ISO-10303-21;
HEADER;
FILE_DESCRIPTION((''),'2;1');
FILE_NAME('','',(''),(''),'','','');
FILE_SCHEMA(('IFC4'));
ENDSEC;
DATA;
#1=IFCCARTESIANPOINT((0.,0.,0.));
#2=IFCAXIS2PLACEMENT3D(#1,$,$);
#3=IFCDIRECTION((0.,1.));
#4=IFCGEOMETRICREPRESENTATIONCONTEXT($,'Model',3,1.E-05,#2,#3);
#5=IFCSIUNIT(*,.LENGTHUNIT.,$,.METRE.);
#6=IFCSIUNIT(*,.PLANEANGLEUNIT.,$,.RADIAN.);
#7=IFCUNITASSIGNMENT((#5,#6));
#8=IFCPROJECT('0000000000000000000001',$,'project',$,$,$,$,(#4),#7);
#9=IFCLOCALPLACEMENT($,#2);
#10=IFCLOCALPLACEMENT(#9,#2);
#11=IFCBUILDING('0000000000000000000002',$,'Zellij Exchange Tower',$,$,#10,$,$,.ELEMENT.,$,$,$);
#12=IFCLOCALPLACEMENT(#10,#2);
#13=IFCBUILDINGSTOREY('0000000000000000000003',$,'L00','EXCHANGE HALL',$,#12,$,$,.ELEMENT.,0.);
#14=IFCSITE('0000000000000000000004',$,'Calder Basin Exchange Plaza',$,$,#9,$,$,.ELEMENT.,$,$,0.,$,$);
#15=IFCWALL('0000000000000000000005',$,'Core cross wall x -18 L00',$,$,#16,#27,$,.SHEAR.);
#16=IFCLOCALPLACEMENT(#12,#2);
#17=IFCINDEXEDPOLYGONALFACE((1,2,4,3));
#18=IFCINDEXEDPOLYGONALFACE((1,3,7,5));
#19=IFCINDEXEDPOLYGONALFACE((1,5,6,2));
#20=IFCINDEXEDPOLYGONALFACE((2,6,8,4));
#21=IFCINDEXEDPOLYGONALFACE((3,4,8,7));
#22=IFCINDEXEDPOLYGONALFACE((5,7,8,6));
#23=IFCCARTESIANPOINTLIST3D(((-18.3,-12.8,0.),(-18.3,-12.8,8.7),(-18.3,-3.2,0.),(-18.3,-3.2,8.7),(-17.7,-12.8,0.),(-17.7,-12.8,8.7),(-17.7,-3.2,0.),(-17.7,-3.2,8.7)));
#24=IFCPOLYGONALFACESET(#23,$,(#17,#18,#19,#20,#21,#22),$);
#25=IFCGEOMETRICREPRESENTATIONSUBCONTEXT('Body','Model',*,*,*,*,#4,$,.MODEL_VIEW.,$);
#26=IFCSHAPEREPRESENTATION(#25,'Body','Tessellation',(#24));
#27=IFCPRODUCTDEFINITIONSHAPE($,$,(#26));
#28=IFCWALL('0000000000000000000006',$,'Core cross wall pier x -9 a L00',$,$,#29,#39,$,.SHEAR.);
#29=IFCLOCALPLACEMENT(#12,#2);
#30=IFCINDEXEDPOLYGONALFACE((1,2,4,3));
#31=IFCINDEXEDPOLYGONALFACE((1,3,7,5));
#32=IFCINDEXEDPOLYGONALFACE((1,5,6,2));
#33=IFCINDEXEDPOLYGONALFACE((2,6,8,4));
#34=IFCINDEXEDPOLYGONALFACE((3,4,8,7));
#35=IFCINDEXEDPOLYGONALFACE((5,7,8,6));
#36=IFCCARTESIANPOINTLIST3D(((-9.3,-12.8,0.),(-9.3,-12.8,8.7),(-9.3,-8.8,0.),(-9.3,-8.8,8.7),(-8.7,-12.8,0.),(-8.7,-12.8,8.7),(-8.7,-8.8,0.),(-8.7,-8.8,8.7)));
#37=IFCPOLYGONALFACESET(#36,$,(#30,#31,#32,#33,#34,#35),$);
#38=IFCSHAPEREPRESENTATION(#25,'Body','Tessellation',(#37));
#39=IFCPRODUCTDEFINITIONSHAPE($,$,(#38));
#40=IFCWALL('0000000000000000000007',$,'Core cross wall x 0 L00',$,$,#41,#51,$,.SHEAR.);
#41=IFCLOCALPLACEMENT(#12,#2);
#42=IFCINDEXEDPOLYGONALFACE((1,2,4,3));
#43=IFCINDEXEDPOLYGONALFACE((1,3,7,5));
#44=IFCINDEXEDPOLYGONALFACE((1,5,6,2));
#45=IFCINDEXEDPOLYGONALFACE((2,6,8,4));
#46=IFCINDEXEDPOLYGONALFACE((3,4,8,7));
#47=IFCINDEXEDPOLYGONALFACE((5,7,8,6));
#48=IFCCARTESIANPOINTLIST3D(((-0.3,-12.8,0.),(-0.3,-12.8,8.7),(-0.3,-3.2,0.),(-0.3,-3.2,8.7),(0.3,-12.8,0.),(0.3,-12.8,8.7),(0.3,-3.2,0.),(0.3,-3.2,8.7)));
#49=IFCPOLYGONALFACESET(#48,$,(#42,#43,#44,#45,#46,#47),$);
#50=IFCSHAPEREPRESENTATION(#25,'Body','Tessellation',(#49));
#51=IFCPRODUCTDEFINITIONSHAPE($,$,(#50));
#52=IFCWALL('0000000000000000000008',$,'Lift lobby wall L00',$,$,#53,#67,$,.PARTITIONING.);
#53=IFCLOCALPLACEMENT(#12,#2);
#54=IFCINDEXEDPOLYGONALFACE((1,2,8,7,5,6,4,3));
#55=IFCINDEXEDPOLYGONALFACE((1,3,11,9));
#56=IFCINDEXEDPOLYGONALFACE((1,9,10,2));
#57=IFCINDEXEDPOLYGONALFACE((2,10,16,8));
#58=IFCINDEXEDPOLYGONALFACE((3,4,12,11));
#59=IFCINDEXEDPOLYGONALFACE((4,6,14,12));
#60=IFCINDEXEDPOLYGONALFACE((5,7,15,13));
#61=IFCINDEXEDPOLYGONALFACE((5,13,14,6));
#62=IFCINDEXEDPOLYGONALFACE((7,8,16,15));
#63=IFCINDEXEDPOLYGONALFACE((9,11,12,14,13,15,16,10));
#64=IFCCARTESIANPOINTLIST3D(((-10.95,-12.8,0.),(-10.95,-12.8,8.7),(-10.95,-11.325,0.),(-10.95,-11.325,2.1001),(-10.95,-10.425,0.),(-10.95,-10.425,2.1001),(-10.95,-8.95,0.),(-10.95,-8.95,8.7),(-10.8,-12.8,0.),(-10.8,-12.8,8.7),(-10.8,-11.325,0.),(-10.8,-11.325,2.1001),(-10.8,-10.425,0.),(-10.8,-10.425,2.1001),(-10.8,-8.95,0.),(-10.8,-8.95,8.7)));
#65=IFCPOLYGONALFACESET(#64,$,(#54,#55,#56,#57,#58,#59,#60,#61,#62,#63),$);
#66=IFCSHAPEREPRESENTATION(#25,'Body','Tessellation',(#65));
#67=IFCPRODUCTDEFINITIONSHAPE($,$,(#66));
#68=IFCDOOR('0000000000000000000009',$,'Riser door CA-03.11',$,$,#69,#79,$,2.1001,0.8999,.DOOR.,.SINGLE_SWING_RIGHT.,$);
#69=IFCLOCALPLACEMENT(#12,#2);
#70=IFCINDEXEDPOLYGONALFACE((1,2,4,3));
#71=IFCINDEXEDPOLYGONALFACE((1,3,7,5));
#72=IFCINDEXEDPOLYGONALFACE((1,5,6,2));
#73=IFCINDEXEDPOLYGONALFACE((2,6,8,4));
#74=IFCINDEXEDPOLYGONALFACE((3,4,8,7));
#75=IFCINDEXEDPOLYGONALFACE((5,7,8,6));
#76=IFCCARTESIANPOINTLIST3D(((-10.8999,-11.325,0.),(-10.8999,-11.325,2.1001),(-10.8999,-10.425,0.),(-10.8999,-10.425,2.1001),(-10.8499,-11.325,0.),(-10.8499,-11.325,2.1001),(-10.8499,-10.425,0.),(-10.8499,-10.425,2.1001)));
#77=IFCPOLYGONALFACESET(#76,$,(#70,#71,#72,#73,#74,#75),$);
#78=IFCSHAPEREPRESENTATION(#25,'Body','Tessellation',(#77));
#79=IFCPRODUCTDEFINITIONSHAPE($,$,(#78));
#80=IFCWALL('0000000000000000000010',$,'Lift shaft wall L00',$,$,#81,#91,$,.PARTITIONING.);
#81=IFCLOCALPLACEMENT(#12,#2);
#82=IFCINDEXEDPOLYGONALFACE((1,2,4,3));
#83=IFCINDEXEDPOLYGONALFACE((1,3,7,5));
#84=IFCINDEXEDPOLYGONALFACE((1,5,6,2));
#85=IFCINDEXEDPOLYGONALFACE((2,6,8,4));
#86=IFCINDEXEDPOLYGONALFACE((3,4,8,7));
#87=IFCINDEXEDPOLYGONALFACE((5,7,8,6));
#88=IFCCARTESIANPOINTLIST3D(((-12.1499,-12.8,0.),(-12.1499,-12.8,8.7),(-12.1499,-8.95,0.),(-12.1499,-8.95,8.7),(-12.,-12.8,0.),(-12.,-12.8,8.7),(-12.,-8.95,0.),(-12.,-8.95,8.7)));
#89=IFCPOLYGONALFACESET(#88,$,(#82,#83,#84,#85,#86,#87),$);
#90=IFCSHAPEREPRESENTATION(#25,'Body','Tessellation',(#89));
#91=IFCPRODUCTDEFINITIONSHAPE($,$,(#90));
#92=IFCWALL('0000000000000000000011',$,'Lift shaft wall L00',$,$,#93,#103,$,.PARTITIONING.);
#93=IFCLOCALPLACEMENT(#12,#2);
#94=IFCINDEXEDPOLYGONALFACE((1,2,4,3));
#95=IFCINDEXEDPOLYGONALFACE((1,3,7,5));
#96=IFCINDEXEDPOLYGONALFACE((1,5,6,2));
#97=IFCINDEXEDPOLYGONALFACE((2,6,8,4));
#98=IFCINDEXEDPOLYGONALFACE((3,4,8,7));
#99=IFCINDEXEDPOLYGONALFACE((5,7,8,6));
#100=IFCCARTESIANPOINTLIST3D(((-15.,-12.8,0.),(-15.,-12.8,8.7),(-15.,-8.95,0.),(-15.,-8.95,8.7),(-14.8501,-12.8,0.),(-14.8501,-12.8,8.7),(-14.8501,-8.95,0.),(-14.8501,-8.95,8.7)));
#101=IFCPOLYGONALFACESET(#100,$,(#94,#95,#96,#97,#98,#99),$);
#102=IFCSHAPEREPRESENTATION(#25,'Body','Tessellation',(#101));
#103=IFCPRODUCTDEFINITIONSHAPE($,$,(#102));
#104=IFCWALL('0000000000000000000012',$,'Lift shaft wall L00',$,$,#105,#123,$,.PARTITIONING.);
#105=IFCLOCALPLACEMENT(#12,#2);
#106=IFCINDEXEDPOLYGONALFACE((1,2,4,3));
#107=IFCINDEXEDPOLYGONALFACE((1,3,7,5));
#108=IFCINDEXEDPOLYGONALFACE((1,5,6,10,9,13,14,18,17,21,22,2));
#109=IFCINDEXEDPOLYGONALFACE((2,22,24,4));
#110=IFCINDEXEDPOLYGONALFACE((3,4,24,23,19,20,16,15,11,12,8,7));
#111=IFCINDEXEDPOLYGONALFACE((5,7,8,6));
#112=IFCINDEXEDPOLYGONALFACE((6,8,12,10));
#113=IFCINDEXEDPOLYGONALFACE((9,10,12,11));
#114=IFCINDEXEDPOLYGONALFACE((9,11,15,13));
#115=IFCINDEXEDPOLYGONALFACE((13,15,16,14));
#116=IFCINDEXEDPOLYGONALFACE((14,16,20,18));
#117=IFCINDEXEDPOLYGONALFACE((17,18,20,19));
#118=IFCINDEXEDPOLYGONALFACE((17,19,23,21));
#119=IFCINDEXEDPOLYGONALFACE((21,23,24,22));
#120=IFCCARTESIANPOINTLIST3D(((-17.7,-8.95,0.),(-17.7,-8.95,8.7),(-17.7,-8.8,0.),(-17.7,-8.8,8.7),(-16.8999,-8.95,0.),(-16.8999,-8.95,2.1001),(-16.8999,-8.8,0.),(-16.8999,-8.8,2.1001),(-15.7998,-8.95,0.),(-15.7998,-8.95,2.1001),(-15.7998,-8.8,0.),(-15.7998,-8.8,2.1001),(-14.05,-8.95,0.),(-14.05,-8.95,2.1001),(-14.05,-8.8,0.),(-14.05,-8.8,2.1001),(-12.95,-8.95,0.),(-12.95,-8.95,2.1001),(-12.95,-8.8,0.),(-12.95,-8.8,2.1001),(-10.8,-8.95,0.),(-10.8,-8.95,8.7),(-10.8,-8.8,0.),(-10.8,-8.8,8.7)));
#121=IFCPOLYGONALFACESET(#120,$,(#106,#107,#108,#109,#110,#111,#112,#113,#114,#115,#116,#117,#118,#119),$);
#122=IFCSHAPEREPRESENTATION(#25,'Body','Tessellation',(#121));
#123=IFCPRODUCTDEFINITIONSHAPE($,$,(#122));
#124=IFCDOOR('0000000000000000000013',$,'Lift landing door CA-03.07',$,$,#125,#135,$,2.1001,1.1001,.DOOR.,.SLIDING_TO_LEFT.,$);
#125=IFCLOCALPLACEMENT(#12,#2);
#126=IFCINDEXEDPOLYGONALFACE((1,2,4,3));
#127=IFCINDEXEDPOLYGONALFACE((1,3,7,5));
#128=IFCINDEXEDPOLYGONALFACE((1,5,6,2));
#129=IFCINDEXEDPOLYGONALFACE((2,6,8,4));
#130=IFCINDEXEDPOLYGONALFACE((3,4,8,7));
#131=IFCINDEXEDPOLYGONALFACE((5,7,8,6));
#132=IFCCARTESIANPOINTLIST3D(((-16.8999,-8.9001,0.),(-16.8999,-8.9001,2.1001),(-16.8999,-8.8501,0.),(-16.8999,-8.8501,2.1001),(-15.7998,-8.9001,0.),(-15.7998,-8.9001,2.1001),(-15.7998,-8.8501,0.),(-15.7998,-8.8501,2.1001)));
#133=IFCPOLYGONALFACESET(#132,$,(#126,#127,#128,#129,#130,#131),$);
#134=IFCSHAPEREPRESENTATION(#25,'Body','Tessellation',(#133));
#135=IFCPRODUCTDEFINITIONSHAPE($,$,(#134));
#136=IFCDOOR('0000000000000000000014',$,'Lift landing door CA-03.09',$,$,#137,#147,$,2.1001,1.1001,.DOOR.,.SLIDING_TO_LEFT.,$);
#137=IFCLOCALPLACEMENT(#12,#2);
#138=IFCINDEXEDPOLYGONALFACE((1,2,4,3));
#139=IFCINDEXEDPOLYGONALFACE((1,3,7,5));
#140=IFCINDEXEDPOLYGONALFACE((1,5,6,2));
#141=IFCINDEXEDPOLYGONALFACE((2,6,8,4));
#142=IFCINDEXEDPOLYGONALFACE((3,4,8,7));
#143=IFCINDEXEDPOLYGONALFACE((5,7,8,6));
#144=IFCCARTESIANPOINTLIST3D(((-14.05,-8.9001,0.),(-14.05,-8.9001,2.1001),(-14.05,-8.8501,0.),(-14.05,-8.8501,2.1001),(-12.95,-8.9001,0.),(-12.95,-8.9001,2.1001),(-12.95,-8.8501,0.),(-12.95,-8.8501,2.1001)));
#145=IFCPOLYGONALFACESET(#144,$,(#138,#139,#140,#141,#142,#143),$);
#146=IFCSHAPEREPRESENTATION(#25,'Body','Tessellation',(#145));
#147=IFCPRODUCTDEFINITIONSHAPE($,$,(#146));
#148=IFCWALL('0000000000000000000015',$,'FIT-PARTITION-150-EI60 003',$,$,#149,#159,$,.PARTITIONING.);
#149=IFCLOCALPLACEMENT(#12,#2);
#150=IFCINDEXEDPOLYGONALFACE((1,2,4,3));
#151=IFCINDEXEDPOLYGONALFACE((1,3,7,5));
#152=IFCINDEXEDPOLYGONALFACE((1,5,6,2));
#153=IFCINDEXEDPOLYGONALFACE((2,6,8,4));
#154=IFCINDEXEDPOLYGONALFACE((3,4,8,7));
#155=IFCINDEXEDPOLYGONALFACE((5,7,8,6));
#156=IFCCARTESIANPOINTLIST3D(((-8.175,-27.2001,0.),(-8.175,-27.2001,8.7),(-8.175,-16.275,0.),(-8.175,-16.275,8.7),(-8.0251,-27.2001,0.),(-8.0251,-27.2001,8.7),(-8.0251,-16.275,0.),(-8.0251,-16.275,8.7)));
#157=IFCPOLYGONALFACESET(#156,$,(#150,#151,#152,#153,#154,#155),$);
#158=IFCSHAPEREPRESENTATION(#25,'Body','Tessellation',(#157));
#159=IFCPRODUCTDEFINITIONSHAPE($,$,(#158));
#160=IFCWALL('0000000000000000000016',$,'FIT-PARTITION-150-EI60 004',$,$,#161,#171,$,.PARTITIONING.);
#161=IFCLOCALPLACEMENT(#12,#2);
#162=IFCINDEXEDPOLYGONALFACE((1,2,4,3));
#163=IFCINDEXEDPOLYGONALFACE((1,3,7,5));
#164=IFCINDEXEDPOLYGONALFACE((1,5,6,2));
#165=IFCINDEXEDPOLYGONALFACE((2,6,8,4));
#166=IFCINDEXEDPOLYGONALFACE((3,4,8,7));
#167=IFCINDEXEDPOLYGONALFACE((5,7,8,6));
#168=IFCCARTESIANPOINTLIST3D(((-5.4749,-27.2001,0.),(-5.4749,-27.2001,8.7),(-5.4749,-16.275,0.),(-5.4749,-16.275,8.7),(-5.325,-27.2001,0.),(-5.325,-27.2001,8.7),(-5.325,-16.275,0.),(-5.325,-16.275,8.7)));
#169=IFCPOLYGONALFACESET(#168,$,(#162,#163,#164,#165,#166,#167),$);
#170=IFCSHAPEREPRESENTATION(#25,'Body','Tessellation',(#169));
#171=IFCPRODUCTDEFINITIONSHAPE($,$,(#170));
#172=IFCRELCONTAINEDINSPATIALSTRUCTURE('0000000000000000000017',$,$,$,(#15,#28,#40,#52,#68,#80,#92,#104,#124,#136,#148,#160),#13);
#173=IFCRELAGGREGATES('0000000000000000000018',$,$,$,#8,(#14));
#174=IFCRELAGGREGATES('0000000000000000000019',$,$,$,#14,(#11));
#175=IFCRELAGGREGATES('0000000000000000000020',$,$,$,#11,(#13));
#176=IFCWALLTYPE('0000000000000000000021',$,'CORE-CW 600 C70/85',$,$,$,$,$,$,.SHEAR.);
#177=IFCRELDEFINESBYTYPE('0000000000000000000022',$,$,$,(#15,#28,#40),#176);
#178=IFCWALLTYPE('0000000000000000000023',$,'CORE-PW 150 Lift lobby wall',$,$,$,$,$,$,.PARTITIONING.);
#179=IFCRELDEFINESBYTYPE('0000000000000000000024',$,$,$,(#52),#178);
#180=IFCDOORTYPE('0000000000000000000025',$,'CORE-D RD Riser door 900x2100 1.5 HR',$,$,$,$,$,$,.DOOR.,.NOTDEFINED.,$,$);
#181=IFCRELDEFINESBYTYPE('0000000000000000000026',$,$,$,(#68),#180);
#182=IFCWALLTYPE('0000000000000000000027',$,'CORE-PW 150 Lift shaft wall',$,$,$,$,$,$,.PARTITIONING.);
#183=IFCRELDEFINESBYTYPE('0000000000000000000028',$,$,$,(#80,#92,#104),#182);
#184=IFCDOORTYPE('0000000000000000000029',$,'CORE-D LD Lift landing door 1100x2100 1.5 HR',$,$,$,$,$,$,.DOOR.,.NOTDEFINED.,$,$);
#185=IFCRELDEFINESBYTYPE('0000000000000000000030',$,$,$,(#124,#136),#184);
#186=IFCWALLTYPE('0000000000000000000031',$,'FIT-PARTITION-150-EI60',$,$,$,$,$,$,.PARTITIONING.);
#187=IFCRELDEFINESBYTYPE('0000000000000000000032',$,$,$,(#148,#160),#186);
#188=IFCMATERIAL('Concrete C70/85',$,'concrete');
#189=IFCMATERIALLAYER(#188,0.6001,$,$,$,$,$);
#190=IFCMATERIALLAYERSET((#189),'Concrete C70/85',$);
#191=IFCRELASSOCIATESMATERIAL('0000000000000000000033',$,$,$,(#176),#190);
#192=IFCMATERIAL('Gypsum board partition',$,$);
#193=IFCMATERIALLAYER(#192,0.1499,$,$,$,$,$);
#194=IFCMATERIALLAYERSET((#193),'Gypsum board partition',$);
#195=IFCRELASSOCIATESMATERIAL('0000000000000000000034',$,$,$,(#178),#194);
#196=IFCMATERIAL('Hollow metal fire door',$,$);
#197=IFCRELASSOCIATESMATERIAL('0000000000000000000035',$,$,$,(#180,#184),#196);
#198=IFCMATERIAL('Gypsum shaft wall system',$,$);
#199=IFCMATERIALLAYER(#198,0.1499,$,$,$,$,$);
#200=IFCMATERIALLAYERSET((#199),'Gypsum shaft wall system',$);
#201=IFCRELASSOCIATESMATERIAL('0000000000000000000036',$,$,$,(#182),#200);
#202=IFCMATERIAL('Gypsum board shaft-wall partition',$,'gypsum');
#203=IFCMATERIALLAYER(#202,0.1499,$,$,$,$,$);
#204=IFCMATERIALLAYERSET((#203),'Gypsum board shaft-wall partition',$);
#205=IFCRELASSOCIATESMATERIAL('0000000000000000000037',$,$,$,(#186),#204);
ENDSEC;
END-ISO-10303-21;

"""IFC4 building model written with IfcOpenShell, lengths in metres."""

from ifc_helpers import new_model, si_unit, direction, frame, frame_2d, origin, place, context, subcontext, project, spatial, rectangle, extrude, material, layer, layer_set, type_object, element, fill, save


model = new_model("IFC4")

# Units and contexts
model_context = context("Model", 3, precision=1e-05, world=origin(), true_north=direction((0.0, 1.0)))
body_context = subcontext(model_context, "Body", "Model", "MODEL_VIEW")
ifc_project = project(units=[si_unit("LENGTHUNIT", "METRE"), si_unit("PLANEANGLEUNIT", "RADIAN")], contexts=[model_context])

# Site, building, storey
site_placement = place(None, origin())
site = spatial("IfcSite", under=ifc_project, at=site_placement, Name="Calder Basin Exchange Plaza", CompositionType="ELEMENT", RefElevation=0.0)
building_placement = place(site_placement, origin())
building = spatial("IfcBuilding", under=site, at=building_placement, Name="Zellij Exchange Tower", CompositionType="ELEMENT")
storey_placement = place(building_placement, origin())
storey = spatial("IfcBuildingStorey", under=building, at=storey_placement, Name="L00", Description="EXCHANGE HALL", CompositionType="ELEMENT", Elevation=0.0)

# Shared definitions
ifc_material_1 = material(Name="Concrete C70/85", Category="concrete")

# Walls
ifc_layer_1 = layer(ifc_material_1, 0.6001)
ifc_layer_set_1 = layer_set([ifc_layer_1], Name="Concrete C70/85")
wall_type_1 = type_object("IfcWallType", Name="CORE-CW 600 C70/85", PredefinedType="SHEAR", material=ifc_layer_set_1)
wall_1_placement = place(storey_placement, frame((-18.0, -12.8, 0.0), z_axis=(0.0, 0.0, 1.0), x_axis=(0.0, 1.0, 0.0)))
element("IfcWall", 1, at=wall_1_placement, inside=storey, type_object=wall_type_1, Name="Core cross wall x -18 L00", PredefinedType="SHEAR", context=body_context, shape_type="SweptSolid", body=[
    extrude(rectangle(XDim=9.6001, YDim=0.6001, at=frame_2d((4.8, 0.0))), origin(), (0.0, 0.0, 1.0), 8.7),
])
wall_2_placement = place(storey_placement, frame((-9.0, -12.8, 0.0), z_axis=(0.0, 0.0, 1.0), x_axis=(0.0, 1.0, 0.0)))
element("IfcWall", 2, at=wall_2_placement, inside=storey, type_object=wall_type_1, Name="Core cross wall pier x -9 a L00", PredefinedType="SHEAR", context=body_context, shape_type="SweptSolid", body=[
    extrude(rectangle(XDim=4.0, YDim=0.6001, at=frame_2d((2.0, 0.0))), origin(), (0.0, 0.0, 1.0), 8.7),
])
wall_3_placement = place(storey_placement, frame((0.0, -12.8, 0.0), z_axis=(0.0, 0.0, 1.0), x_axis=(0.0, 1.0, 0.0)))
element("IfcWall", 3, at=wall_3_placement, inside=storey, type_object=wall_type_1, Name="Core cross wall x 0 L00", PredefinedType="SHEAR", context=body_context, shape_type="SweptSolid", body=[
    extrude(rectangle(XDim=9.6001, YDim=0.6001, at=frame_2d((4.8, 0.0))), origin(), (0.0, 0.0, 1.0), 8.7),
])

# Wall, opening, door
ifc_material_2 = material(Name="Gypsum board partition")
ifc_layer_2 = layer(ifc_material_2, 0.1499)
ifc_layer_set_2 = layer_set([ifc_layer_2], Name="Gypsum board partition")
wall_type_2 = type_object("IfcWallType", Name="CORE-PW 150 Lift lobby wall", PredefinedType="PARTITIONING", material=ifc_layer_set_2)
wall_4_placement = place(storey_placement, frame((-10.875, -12.8, 0.0), z_axis=(0.0, 0.0, 1.0), x_axis=(0.0, 1.0, 0.0)))
wall_4 = element("IfcWall", 4, at=wall_4_placement, inside=storey, type_object=wall_type_2, Name="Lift lobby wall L00", PredefinedType="PARTITIONING", context=body_context, shape_type="SweptSolid", body=[
    extrude(rectangle(XDim=3.8501, YDim=0.1499, at=frame_2d((1.925, 0.0))), origin(), (0.0, 0.0, 1.0), 8.7),
])
opening_1_placement = place(wall_4_placement, frame((1.4751, 0.0, 0.0)))
opening_1 = element("IfcOpeningElement", 5, at=opening_1_placement, cuts=wall_4, PredefinedType="OPENING", context=body_context, shape_type="SweptSolid", body=[
    extrude(rectangle(XDim=0.8999, YDim=2.1001, at=frame_2d((0.45, 1.05))), frame((0.0, 0.0869, 0.0), z_axis=(0.0, -1.0, 0.0), x_axis=(1.0, 0.0, 0.0)), (0.0, 0.0, 1.0), 0.1738),
])
ifc_material_3 = material(Name="Hollow metal fire door")
door_type_1 = type_object("IfcDoorType", Name="CORE-D RD Riser door 900x2100 1.5 HR", OperationType="NOTDEFINED", PredefinedType="DOOR", material=ifc_material_3)
door_1_placement = place(opening_1_placement, origin())
door_1 = element("IfcDoor", 6, at=door_1_placement, inside=storey, type_object=door_type_1, Name="Riser door CA-03.11", OperationType="SINGLE_SWING_RIGHT", OverallHeight=2.1001, OverallWidth=0.8999, PredefinedType="DOOR", context=body_context, shape_type="SweptSolid", body=[
    extrude(rectangle(XDim=0.8999, YDim=2.1001, at=frame_2d((0.45, 1.05))), frame((0.0, 0.0249, 0.0), z_axis=(0.0, -1.0, 0.0), x_axis=(1.0, 0.0, 0.0)), (0.0, 0.0, 1.0), 0.05),
])
fill(opening_1, door_1)

# Walls
ifc_material_4 = material(Name="Gypsum shaft wall system")
ifc_layer_3 = layer(ifc_material_4, 0.1499)
ifc_layer_set_3 = layer_set([ifc_layer_3], Name="Gypsum shaft wall system")
wall_type_3 = type_object("IfcWallType", Name="CORE-PW 150 Lift shaft wall", PredefinedType="PARTITIONING", material=ifc_layer_set_3)
for number, where, z_axis, x_axis, name in (
    (7, (-12.075, -12.8, 0.0), (0.0, 0.0, 1.0), (0.0, 1.0, 0.0), "Lift shaft wall L00"),
    (8, (-14.925, -12.8, 0.0), (0.0, 0.0, 1.0), (0.0, 1.0, 0.0), "Lift shaft wall L00"),
):
    element("IfcWall", number, at=place(storey_placement, frame(where, z_axis=z_axis, x_axis=x_axis)), inside=storey, type_object=wall_type_3, Name=name, PredefinedType="PARTITIONING", context=body_context, shape_type="SweptSolid", body=[
        extrude(rectangle(XDim=3.8501, YDim=0.1499, at=frame_2d((1.925, 0.0))), origin(), (0.0, 0.0, 1.0), 8.7),
    ])

# Wall, openings, doors
wall_5_placement = place(storey_placement, frame((-17.7, -8.875, 0.0), z_axis=(0.0, 0.0, 1.0), x_axis=(1.0, 0.0, 0.0)))
wall_5 = element("IfcWall", 9, at=wall_5_placement, inside=storey, type_object=wall_type_3, Name="Lift shaft wall L00", PredefinedType="PARTITIONING", context=body_context, shape_type="SweptSolid", body=[
    extrude(rectangle(XDim=6.8999, YDim=0.1499, at=frame_2d((3.45, 0.0))), origin(), (0.0, 0.0, 1.0), 8.7),
])
opening_2_placement = place(wall_5_placement, frame((0.8, 0.0, 0.0)))
opening_2 = element("IfcOpeningElement", 10, at=opening_2_placement, cuts=wall_5, PredefinedType="OPENING", context=body_context, shape_type="SweptSolid", body=[
    extrude(rectangle(XDim=1.1001, YDim=2.1001, at=frame_2d((0.55, 1.05))), frame((0.0, 0.0869, 0.0), z_axis=(0.0, -1.0, 0.0), x_axis=(1.0, 0.0, 0.0)), (0.0, 0.0, 1.0), 0.1738),
])
opening_3_placement = place(wall_5_placement, frame((3.6499, 0.0, 0.0)))
opening_3 = element("IfcOpeningElement", 11, at=opening_3_placement, cuts=wall_5, PredefinedType="OPENING", context=body_context, shape_type="SweptSolid", body=[
    extrude(rectangle(XDim=1.1001, YDim=2.1001, at=frame_2d((0.55, 1.05))), frame((0.0, 0.0869, 0.0), z_axis=(0.0, -1.0, 0.0), x_axis=(1.0, 0.0, 0.0)), (0.0, 0.0, 1.0), 0.1738),
])
door_type_2 = type_object("IfcDoorType", Name="CORE-D LD Lift landing door 1100x2100 1.5 HR", OperationType="NOTDEFINED", PredefinedType="DOOR", material=ifc_material_3)
door_2_placement = place(opening_2_placement, origin())
door_2 = element("IfcDoor", 12, at=door_2_placement, inside=storey, type_object=door_type_2, Name="Lift landing door CA-03.07", OperationType="SLIDING_TO_LEFT", OverallHeight=2.1001, OverallWidth=1.1001, PredefinedType="DOOR", context=body_context, shape_type="SweptSolid", body=[
    extrude(rectangle(XDim=1.1001, YDim=2.1001, at=frame_2d((0.55, 1.05))), frame((0.0, 0.0249, 0.0), z_axis=(0.0, -1.0, 0.0), x_axis=(1.0, 0.0, 0.0)), (0.0, 0.0, 1.0), 0.05),
])
fill(opening_2, door_2)
door_3_placement = place(opening_3_placement, origin())
door_3 = element("IfcDoor", 13, at=door_3_placement, inside=storey, type_object=door_type_2, Name="Lift landing door CA-03.09", OperationType="SLIDING_TO_LEFT", OverallHeight=2.1001, OverallWidth=1.1001, PredefinedType="DOOR", context=body_context, shape_type="SweptSolid", body=[
    extrude(rectangle(XDim=1.1001, YDim=2.1001, at=frame_2d((0.55, 1.05))), frame((0.0, 0.0249, 0.0), z_axis=(0.0, -1.0, 0.0), x_axis=(1.0, 0.0, 0.0)), (0.0, 0.0, 1.0), 0.05),
])
fill(opening_3, door_3)

# Walls
ifc_material_5 = material(Name="Gypsum board shaft-wall partition", Category="gypsum")
ifc_layer_4 = layer(ifc_material_5, 0.1499)
ifc_layer_set_4 = layer_set([ifc_layer_4], Name="Gypsum board shaft-wall partition")
wall_type_4 = type_object("IfcWallType", Name="FIT-PARTITION-150-EI60", PredefinedType="PARTITIONING", material=ifc_layer_set_4)
for number, where, z_axis, x_axis, name in (
    (14, (-8.1001, -27.2, 0.0), (0.0, 0.0, 1.0), (0.0, 1.0, 0.0), "FIT-PARTITION-150-EI60 003"),
    (15, (-5.3999, -27.2, 0.0), (0.0, 0.0, 1.0), (0.0, 1.0, 0.0), "FIT-PARTITION-150-EI60 004"),
):
    element("IfcWall", number, at=place(storey_placement, frame(where, z_axis=z_axis, x_axis=x_axis)), inside=storey, type_object=wall_type_4, Name=name, PredefinedType="PARTITIONING", context=body_context, shape_type="SweptSolid", body=[
        extrude(rectangle(XDim=10.925, YDim=0.1499, at=frame_2d((5.4624, 0.0))), origin(), (0.0, 0.0, 1.0), 8.7),
    ])

save(model, "model.ifc")
